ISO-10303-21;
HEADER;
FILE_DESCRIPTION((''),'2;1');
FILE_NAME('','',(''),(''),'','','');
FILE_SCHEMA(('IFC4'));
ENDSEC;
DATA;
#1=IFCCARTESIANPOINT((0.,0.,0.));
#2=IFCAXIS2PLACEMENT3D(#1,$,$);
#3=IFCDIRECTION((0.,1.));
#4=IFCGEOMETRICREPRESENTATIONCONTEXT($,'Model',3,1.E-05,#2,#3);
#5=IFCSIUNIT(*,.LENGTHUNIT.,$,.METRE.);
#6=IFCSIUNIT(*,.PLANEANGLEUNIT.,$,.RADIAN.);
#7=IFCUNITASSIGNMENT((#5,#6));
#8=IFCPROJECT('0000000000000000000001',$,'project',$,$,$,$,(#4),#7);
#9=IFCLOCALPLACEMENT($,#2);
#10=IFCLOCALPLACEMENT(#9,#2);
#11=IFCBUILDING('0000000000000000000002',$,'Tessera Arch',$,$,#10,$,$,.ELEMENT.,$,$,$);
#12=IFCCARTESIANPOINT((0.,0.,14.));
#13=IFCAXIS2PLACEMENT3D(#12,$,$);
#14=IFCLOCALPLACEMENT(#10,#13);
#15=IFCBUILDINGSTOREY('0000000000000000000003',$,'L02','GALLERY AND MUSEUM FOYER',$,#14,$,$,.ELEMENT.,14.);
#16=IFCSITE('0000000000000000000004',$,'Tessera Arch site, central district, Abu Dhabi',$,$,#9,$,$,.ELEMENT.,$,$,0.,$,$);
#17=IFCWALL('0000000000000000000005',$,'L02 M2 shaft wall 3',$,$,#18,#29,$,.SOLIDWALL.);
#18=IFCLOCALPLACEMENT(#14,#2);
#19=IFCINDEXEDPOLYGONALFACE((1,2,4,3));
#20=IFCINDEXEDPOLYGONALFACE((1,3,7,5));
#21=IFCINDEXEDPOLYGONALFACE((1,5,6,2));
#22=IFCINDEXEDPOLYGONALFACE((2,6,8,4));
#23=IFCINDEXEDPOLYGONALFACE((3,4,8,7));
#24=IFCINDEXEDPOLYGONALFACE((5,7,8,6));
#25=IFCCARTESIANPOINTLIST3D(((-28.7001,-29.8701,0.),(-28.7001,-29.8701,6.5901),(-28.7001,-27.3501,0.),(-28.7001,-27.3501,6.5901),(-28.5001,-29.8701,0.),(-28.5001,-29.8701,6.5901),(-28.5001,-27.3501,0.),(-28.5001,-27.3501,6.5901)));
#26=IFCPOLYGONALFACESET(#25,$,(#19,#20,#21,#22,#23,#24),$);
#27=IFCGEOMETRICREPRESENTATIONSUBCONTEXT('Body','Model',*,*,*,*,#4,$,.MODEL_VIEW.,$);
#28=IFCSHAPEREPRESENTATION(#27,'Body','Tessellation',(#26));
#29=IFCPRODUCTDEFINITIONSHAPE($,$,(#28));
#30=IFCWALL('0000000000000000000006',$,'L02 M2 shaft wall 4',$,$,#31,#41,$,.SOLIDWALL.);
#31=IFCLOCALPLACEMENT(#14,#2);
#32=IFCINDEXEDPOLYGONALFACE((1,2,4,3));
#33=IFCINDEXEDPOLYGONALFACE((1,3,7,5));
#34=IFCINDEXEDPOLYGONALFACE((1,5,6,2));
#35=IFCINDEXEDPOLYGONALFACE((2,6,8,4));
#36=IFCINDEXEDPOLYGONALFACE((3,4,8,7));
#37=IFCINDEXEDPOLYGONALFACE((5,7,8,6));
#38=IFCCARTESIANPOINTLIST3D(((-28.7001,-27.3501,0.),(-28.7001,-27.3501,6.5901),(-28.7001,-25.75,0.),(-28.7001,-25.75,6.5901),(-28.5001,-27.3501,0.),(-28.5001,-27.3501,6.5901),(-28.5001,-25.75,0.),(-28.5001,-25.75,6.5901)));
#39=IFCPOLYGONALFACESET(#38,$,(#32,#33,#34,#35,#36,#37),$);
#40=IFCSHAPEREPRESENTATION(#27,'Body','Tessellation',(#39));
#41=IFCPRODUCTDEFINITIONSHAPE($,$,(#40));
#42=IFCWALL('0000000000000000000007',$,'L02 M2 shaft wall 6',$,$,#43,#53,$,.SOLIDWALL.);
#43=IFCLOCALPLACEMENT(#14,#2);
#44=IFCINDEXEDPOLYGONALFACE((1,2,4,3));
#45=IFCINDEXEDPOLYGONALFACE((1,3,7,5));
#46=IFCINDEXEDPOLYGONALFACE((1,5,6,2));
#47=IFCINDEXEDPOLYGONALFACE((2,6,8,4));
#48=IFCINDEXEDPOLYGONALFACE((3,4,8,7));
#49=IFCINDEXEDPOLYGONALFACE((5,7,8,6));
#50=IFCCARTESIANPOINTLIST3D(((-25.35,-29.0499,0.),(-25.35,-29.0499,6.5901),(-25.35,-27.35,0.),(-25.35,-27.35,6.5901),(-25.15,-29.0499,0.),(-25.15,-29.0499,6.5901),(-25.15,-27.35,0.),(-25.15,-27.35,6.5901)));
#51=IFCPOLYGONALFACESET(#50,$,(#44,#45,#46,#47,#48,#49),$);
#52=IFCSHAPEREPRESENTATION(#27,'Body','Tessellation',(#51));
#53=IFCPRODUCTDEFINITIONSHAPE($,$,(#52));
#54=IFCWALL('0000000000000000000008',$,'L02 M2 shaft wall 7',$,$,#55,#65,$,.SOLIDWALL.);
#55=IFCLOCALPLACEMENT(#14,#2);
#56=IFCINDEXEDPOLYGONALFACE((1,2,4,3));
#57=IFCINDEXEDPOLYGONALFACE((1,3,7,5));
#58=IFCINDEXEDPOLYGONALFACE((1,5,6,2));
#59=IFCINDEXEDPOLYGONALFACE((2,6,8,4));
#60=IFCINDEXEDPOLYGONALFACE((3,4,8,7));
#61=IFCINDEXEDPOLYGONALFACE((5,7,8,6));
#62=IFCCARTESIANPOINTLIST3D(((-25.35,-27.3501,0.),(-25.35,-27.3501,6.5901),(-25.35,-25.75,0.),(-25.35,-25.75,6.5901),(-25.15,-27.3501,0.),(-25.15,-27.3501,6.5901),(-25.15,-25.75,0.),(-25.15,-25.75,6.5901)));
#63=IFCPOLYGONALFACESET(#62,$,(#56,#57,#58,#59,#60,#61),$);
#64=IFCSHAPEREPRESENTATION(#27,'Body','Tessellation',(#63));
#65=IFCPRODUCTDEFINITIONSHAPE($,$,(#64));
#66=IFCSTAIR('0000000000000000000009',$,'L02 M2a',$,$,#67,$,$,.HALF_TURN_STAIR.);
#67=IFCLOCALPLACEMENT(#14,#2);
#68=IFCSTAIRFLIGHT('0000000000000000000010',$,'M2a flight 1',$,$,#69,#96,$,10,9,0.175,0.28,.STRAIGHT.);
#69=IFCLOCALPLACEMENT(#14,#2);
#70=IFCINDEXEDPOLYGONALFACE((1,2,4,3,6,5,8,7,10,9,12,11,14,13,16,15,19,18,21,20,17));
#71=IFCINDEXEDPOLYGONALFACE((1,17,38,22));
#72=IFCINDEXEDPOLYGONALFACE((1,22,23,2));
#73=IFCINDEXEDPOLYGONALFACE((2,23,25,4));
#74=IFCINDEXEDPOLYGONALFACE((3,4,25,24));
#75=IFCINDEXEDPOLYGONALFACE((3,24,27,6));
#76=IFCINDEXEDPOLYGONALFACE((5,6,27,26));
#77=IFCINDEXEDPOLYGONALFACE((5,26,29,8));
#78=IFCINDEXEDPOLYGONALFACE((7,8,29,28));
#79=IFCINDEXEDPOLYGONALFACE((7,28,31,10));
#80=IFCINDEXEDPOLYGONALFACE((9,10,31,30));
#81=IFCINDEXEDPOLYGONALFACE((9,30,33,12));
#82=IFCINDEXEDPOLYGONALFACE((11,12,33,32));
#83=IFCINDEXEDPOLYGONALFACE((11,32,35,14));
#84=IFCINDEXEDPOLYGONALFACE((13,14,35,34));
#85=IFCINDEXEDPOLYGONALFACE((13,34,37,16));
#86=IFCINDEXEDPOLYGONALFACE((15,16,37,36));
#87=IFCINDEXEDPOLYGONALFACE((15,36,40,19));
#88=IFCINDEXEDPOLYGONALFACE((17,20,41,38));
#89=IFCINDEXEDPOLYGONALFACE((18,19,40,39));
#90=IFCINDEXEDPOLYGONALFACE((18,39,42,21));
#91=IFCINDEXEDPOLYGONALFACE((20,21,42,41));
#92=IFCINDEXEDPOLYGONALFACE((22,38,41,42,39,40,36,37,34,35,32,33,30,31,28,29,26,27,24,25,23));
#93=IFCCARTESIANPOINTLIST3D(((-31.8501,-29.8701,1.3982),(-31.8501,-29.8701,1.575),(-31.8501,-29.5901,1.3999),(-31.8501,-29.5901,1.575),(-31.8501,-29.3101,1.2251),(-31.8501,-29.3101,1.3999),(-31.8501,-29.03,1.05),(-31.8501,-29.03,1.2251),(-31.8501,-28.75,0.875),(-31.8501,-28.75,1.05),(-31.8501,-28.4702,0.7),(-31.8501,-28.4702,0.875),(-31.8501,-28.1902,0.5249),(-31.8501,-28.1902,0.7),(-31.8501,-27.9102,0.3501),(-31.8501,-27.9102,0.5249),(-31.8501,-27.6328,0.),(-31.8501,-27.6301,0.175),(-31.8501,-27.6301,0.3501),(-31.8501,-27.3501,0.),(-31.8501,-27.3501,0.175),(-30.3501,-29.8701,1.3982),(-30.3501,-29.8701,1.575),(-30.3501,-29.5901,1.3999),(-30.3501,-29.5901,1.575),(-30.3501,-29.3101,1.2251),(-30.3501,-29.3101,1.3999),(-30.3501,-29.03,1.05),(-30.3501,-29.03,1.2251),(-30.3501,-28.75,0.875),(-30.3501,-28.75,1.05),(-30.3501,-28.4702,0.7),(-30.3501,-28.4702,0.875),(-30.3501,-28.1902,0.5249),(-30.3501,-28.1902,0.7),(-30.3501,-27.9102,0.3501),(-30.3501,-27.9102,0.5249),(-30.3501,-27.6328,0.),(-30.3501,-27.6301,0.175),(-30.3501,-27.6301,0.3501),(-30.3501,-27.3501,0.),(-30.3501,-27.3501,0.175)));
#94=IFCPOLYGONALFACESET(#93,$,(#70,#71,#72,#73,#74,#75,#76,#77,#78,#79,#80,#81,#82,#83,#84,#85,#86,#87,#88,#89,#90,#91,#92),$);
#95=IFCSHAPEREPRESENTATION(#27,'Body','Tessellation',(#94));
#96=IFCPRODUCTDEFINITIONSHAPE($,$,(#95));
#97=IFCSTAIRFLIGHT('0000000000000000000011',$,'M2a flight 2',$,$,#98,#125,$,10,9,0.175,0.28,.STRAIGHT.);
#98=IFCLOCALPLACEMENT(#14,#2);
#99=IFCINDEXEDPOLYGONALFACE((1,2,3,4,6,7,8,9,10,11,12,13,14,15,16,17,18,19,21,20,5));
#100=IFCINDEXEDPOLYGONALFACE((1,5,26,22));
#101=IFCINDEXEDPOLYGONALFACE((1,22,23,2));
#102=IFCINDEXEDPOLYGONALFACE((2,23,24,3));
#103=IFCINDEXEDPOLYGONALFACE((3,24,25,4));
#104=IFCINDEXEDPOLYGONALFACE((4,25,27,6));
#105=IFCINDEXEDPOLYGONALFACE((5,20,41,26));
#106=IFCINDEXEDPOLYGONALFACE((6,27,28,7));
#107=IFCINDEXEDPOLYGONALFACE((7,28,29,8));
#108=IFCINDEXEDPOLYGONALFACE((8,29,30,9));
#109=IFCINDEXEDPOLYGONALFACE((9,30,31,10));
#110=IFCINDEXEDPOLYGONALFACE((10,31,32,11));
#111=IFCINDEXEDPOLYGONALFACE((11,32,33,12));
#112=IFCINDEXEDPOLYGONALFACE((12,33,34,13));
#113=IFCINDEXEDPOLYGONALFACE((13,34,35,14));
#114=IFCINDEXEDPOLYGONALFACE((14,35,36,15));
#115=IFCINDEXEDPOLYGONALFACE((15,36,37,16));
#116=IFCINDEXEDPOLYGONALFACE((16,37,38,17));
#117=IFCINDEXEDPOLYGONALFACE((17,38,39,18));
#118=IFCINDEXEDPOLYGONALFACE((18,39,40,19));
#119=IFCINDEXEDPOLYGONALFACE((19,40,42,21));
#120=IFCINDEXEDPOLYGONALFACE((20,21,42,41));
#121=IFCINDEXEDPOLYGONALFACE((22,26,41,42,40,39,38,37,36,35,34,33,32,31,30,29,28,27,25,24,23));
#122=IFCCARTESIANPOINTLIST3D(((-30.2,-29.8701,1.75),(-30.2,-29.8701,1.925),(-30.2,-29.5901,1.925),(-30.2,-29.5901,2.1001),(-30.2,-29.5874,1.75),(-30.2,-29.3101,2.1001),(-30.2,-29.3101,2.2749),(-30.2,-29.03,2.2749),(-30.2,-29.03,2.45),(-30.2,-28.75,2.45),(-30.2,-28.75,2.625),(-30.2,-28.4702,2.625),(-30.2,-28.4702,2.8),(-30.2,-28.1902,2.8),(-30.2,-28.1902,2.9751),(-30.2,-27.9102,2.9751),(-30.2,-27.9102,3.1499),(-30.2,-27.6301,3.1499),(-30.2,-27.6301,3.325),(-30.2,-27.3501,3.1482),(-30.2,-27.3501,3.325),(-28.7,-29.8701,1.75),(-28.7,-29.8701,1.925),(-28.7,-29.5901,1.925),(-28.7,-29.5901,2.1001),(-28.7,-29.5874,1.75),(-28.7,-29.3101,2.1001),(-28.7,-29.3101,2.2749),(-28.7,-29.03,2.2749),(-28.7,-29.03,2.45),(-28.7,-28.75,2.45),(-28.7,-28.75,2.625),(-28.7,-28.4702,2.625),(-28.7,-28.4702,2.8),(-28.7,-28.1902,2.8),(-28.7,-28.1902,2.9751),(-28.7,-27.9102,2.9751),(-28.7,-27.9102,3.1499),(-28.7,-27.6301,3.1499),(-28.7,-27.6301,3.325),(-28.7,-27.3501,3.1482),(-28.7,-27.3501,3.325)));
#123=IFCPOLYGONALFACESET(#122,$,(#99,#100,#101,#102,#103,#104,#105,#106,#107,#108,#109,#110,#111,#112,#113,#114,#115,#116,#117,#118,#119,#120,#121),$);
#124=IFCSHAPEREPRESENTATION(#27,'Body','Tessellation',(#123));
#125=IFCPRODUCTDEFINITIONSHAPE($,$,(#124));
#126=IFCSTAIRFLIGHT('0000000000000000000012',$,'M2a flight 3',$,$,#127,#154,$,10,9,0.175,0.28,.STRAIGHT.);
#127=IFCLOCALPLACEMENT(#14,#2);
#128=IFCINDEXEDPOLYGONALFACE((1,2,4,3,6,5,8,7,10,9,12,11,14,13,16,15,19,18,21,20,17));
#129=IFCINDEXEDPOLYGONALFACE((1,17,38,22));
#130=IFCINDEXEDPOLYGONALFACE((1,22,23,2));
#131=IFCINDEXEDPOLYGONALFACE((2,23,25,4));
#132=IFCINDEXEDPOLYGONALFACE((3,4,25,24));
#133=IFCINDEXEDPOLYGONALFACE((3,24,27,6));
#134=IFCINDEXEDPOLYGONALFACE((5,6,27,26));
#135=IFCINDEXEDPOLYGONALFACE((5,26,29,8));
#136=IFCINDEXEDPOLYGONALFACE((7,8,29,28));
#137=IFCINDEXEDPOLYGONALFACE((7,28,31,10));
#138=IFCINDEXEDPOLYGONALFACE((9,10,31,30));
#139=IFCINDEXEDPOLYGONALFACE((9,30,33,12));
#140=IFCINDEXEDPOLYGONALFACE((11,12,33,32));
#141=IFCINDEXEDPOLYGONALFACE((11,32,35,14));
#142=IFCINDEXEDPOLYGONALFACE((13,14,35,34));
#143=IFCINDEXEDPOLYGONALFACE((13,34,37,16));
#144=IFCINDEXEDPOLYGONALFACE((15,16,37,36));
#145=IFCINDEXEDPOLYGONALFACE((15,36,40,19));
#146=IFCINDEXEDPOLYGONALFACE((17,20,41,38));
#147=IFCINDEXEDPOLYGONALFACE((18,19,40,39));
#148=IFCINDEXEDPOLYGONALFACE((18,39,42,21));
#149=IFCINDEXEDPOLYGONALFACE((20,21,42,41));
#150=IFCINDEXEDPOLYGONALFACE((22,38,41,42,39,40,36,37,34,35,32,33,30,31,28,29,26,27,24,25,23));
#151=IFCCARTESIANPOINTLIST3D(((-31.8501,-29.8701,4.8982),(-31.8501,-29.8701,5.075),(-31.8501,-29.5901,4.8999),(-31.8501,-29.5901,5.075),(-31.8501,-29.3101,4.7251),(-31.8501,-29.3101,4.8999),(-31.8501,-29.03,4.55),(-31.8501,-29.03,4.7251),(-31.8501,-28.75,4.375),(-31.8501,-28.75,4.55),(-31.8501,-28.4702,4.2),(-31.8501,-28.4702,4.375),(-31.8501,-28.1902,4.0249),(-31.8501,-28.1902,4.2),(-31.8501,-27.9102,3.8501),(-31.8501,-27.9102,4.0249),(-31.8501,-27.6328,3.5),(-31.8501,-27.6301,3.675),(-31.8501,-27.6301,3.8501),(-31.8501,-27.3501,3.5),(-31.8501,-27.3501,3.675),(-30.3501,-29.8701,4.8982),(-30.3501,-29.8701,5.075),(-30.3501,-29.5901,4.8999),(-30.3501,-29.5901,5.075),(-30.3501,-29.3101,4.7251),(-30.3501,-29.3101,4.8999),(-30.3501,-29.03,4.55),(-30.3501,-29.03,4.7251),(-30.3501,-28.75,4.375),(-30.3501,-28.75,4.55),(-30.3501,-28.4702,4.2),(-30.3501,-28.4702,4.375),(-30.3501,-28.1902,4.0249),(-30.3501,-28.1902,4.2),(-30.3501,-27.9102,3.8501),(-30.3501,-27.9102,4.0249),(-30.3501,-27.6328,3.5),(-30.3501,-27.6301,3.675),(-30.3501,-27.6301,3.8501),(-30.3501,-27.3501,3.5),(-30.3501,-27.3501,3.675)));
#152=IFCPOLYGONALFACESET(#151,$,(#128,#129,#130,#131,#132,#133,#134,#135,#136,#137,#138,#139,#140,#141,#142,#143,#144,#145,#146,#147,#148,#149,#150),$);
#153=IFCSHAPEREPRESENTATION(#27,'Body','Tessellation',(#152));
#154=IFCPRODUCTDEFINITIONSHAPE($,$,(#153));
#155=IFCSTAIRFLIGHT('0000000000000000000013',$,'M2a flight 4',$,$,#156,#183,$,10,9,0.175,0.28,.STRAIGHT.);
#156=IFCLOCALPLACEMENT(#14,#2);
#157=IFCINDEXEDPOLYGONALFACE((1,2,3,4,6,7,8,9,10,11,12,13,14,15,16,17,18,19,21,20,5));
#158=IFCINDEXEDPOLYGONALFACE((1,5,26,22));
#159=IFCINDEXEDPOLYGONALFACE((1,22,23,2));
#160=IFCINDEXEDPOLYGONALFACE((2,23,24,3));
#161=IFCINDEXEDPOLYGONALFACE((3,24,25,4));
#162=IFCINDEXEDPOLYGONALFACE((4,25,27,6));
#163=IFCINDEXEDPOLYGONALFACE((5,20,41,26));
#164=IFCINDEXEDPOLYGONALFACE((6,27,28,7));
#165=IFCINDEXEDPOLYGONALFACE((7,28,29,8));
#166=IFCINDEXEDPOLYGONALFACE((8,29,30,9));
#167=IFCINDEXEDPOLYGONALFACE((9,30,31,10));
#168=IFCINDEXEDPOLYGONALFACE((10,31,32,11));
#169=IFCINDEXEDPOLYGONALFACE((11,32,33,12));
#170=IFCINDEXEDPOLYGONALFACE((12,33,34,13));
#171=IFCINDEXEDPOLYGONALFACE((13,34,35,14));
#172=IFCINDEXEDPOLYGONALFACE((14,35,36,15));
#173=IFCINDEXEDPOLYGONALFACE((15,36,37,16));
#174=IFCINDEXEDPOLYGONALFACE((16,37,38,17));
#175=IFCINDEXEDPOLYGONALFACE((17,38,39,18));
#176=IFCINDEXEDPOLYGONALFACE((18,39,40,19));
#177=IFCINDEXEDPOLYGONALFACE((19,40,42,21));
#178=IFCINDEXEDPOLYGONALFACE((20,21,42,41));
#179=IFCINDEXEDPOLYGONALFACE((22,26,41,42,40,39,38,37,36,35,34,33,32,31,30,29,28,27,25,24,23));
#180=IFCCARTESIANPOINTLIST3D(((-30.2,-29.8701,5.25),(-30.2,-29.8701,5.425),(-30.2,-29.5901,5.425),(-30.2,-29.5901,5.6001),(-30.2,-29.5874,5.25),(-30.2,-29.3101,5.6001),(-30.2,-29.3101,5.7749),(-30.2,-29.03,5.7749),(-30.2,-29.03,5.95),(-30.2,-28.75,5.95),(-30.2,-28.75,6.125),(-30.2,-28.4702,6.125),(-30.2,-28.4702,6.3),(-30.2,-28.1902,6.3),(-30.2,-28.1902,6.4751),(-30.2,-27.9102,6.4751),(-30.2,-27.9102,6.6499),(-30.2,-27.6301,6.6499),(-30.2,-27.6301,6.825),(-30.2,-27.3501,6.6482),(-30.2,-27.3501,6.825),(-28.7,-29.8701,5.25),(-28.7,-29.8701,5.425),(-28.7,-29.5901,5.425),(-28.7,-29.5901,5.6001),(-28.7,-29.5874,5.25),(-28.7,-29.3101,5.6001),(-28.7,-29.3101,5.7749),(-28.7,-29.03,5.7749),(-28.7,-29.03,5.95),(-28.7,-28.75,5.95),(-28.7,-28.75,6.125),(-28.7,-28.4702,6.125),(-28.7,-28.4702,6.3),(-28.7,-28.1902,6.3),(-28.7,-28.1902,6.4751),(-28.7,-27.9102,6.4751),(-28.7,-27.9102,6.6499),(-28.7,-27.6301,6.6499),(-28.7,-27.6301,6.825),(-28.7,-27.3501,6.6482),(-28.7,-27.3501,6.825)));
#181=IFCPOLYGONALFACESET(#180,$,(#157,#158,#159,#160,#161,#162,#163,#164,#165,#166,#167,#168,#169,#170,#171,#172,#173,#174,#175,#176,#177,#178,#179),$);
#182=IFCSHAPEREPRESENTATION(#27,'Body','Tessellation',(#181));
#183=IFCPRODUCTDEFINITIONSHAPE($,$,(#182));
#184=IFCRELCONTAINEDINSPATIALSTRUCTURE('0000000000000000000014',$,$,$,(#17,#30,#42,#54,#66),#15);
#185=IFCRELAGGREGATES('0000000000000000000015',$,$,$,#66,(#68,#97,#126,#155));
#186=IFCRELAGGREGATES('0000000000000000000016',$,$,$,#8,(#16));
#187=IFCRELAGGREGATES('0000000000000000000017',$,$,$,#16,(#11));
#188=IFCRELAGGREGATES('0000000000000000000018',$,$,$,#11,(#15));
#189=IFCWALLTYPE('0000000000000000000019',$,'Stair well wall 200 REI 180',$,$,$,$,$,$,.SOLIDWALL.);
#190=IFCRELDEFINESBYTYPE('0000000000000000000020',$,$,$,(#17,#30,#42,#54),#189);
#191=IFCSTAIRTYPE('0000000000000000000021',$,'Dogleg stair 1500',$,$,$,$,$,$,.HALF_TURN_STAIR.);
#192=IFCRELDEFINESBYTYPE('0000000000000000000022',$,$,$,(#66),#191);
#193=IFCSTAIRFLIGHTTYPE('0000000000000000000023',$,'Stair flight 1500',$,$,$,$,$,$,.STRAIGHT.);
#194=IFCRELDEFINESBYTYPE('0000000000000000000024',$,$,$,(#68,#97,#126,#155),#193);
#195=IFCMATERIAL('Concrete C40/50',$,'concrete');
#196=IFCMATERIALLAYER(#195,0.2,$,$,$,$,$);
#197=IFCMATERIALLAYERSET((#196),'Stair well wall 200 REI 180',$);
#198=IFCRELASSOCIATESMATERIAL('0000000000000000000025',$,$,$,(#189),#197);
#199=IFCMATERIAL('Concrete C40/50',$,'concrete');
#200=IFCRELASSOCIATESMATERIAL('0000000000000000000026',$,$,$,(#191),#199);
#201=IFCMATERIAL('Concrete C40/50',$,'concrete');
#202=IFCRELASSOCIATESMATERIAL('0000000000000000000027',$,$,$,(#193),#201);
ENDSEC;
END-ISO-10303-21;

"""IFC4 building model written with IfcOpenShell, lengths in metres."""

from ifc_helpers import new_model, si_unit, direction, frame, frame_2d, origin, place, context, subcontext, project, spatial, polyline, rectangle, outline, extrude, material, layer, layer_set, type_object, element, aggregate, save


model = new_model("IFC4")

# Units and contexts
model_context = context("Model", 3, precision=1e-05, world=origin(), true_north=direction((0.0, 1.0)))
body_context = subcontext(model_context, "Body", "Model", "MODEL_VIEW")
ifc_project = project(units=[si_unit("LENGTHUNIT", "METRE"), si_unit("PLANEANGLEUNIT", "RADIAN")], contexts=[model_context])

# Site, building, storey
site_placement = place(None, origin())
site = spatial("IfcSite", under=ifc_project, at=site_placement, Name="Tessera Arch site, central district, Abu Dhabi", CompositionType="ELEMENT", RefElevation=0.0)
building_placement = place(site_placement, origin())
building = spatial("IfcBuilding", under=site, at=building_placement, Name="Tessera Arch", CompositionType="ELEMENT")
storey_placement = place(building_placement, frame((0.0, 0.0, 14.0)))
storey = spatial("IfcBuildingStorey", under=building, at=storey_placement, Name="L02", Description="GALLERY AND MUSEUM FOYER", CompositionType="ELEMENT", Elevation=14.0)

# Walls
ifc_material_1 = material(Name="Concrete C40/50", Category="concrete")
ifc_layer_1 = layer(ifc_material_1, 0.2)
ifc_layer_set_1 = layer_set([ifc_layer_1], Name="Stair well wall 200 REI 180")
wall_type_1 = type_object("IfcWallType", Name="Stair well wall 200 REI 180", PredefinedType="SOLIDWALL", material=ifc_layer_set_1)
wall_1_placement = place(storey_placement, frame((-28.6001, -29.8701, 0.0), z_axis=(0.0, 0.0, 1.0), x_axis=(0.0, 1.0, 0.0)))
element("IfcWall", 1, at=wall_1_placement, inside=storey, type_object=wall_type_1, Name="L02 M2 shaft wall 3", PredefinedType="SOLIDWALL", context=body_context, shape_type="SweptSolid", body=[
    extrude(rectangle(XDim=2.52, YDim=0.2, at=frame_2d((1.26, 0.0))), origin(), (0.0, 0.0, 1.0), 6.5901),
])
wall_2_placement = place(storey_placement, frame((-28.6001, -27.3501, 0.0), z_axis=(0.0, 0.0, 1.0), x_axis=(0.0, 1.0, 0.0)))
element("IfcWall", 2, at=wall_2_placement, inside=storey, type_object=wall_type_1, Name="L02 M2 shaft wall 4", PredefinedType="SOLIDWALL", context=body_context, shape_type="SweptSolid", body=[
    extrude(rectangle(XDim=1.6001, YDim=0.2, at=frame_2d((0.8, 0.0))), origin(), (0.0, 0.0, 1.0), 6.5901),
])
wall_3_placement = place(storey_placement, frame((-25.25, -29.05, 0.0), z_axis=(0.0, 0.0, 1.0), x_axis=(0.0, 1.0, 0.0)))
element("IfcWall", 3, at=wall_3_placement, inside=storey, type_object=wall_type_1, Name="L02 M2 shaft wall 6", PredefinedType="SOLIDWALL", context=body_context, shape_type="SweptSolid", body=[
    extrude(rectangle(XDim=1.7, YDim=0.2, at=frame_2d((0.8501, 0.0))), origin(), (0.0, 0.0, 1.0), 6.5901),
])
wall_4_placement = place(storey_placement, frame((-25.25, -27.3501, 0.0), z_axis=(0.0, 0.0, 1.0), x_axis=(0.0, 1.0, 0.0)))
element("IfcWall", 4, at=wall_4_placement, inside=storey, type_object=wall_type_1, Name="L02 M2 shaft wall 7", PredefinedType="SOLIDWALL", context=body_context, shape_type="SweptSolid", body=[
    extrude(rectangle(XDim=1.6001, YDim=0.2, at=frame_2d((0.8, 0.0))), origin(), (0.0, 0.0, 1.0), 6.5901),
])

# Stair, stair flights
ifc_material_2 = material(Name="Concrete C40/50", Category="concrete")
stair_type = type_object("IfcStairType", Name="Dogleg stair 1500", PredefinedType="HALF_TURN_STAIR", material=ifc_material_2)
stair_1_placement = place(storey_placement, origin())
stair_1 = element("IfcStair", 5, at=stair_1_placement, inside=storey, type_object=stair_type, Name="L02 M2a", PredefinedType="HALF_TURN_STAIR")
ifc_material_3 = material(Name="Concrete C40/50", Category="concrete")
stair_flight_type = type_object("IfcStairFlightType", Name="Stair flight 1500", PredefinedType="STRAIGHT", material=ifc_material_3)
stair_flight_1_placement = place(storey_placement, frame((-31.1001, -27.3501, 0.0), z_axis=(0.0, 0.0, 1.0), x_axis=(0.0, -1.0, 0.0)))
stair_flight_1 = element("IfcStairFlight", 6, at=stair_flight_1_placement, type_object=stair_flight_type, Name="M2a flight 1", NumberOfRisers=10, NumberOfTreads=9, PredefinedType="STRAIGHT", RiserHeight=0.175, TreadLength=0.28, context=body_context, shape_type="SweptSolid", body=[
    extrude(outline(polyline([(0.0, 0.0), (0.0, 0.175), (0.28, 0.175), (0.28, 0.3501), (0.5601, 0.3501), (0.5601, 0.5249), (0.8401, 0.5249), (0.8401, 0.7), (1.1201, 0.7), (1.1201, 0.875), (1.3999, 0.875), (1.3999, 1.05), (1.6799, 1.05), (1.6799, 1.2251), (1.96, 1.2251), (1.96, 1.3999), (2.24, 1.3999), (2.24, 1.575), (2.52, 1.575), (2.52, 1.75), (2.52, 1.3982), (0.2827, 0.0), (0.0, 0.0)])), frame((0.0, 0.75, 0.0), z_axis=(0.0, -1.0, 0.0), x_axis=(1.0, 0.0, 0.0)), (0.0, 0.0, 1.0), 1.5),
])
stair_flight_2_placement = place(storey_placement, frame((-29.45, -29.8701, 1.75), z_axis=(0.0, 0.0, 1.0), x_axis=(0.0, 1.0, 0.0)))
stair_flight_2 = element("IfcStairFlight", 7, at=stair_flight_2_placement, type_object=stair_flight_type, Name="M2a flight 2", NumberOfRisers=10, NumberOfTreads=9, PredefinedType="STRAIGHT", RiserHeight=0.175, TreadLength=0.28, context=body_context, shape_type="SweptSolid", body=[
    extrude(outline(polyline([(0.0, 0.0), (0.0, 0.175), (0.28, 0.175), (0.28, 0.3501), (0.5601, 0.3501), (0.5601, 0.5249), (0.8401, 0.5249), (0.8401, 0.7), (1.1201, 0.7), (1.1201, 0.875), (1.3999, 0.875), (1.3999, 1.05), (1.6799, 1.05), (1.6799, 1.2251), (1.96, 1.2251), (1.96, 1.3999), (2.24, 1.3999), (2.24, 1.575), (2.52, 1.575), (2.52, 1.75), (2.52, 1.3982), (0.2827, 0.0), (0.0, 0.0)])), frame((0.0, 0.75, 0.0), z_axis=(0.0, -1.0, 0.0), x_axis=(1.0, 0.0, 0.0)), (0.0, 0.0, 1.0), 1.5),
])
stair_flight_3_placement = place(storey_placement, frame((-31.1001, -27.3501, 3.5), z_axis=(0.0, 0.0, 1.0), x_axis=(0.0, -1.0, 0.0)))
stair_flight_3 = element("IfcStairFlight", 8, at=stair_flight_3_placement, type_object=stair_flight_type, Name="M2a flight 3", NumberOfRisers=10, NumberOfTreads=9, PredefinedType="STRAIGHT", RiserHeight=0.175, TreadLength=0.28, context=body_context, shape_type="SweptSolid", body=[
    extrude(outline(polyline([(0.0, 0.0), (0.0, 0.175), (0.28, 0.175), (0.28, 0.3501), (0.5601, 0.3501), (0.5601, 0.5249), (0.8401, 0.5249), (0.8401, 0.7), (1.1201, 0.7), (1.1201, 0.875), (1.3999, 0.875), (1.3999, 1.05), (1.6799, 1.05), (1.6799, 1.2251), (1.96, 1.2251), (1.96, 1.3999), (2.24, 1.3999), (2.24, 1.575), (2.52, 1.575), (2.52, 1.75), (2.52, 1.3982), (0.2827, 0.0), (0.0, 0.0)])), frame((0.0, 0.75, 0.0), z_axis=(0.0, -1.0, 0.0), x_axis=(1.0, 0.0, 0.0)), (0.0, 0.0, 1.0), 1.5),
])
stair_flight_4_placement = place(storey_placement, frame((-29.45, -29.8701, 5.25), z_axis=(0.0, 0.0, 1.0), x_axis=(0.0, 1.0, 0.0)))
stair_flight_4 = element("IfcStairFlight", 9, at=stair_flight_4_placement, type_object=stair_flight_type, Name="M2a flight 4", NumberOfRisers=10, NumberOfTreads=9, PredefinedType="STRAIGHT", RiserHeight=0.175, TreadLength=0.28, context=body_context, shape_type="SweptSolid", body=[
    extrude(outline(polyline([(0.0, 0.0), (0.0, 0.175), (0.28, 0.175), (0.28, 0.3501), (0.5601, 0.3501), (0.5601, 0.5249), (0.8401, 0.5249), (0.8401, 0.7), (1.1201, 0.7), (1.1201, 0.875), (1.3999, 0.875), (1.3999, 1.05), (1.6799, 1.05), (1.6799, 1.2251), (1.96, 1.2251), (1.96, 1.3999), (2.24, 1.3999), (2.24, 1.575), (2.52, 1.575), (2.52, 1.75), (2.52, 1.3982), (0.2827, 0.0), (0.0, 0.0)])), frame((0.0, 0.75, 0.0), z_axis=(0.0, -1.0, 0.0), x_axis=(1.0, 0.0, 0.0)), (0.0, 0.0, 1.0), 1.5),
])
aggregate(stair_1, [stair_flight_1, stair_flight_2, stair_flight_3, stair_flight_4])

save(model, "model.ifc")
